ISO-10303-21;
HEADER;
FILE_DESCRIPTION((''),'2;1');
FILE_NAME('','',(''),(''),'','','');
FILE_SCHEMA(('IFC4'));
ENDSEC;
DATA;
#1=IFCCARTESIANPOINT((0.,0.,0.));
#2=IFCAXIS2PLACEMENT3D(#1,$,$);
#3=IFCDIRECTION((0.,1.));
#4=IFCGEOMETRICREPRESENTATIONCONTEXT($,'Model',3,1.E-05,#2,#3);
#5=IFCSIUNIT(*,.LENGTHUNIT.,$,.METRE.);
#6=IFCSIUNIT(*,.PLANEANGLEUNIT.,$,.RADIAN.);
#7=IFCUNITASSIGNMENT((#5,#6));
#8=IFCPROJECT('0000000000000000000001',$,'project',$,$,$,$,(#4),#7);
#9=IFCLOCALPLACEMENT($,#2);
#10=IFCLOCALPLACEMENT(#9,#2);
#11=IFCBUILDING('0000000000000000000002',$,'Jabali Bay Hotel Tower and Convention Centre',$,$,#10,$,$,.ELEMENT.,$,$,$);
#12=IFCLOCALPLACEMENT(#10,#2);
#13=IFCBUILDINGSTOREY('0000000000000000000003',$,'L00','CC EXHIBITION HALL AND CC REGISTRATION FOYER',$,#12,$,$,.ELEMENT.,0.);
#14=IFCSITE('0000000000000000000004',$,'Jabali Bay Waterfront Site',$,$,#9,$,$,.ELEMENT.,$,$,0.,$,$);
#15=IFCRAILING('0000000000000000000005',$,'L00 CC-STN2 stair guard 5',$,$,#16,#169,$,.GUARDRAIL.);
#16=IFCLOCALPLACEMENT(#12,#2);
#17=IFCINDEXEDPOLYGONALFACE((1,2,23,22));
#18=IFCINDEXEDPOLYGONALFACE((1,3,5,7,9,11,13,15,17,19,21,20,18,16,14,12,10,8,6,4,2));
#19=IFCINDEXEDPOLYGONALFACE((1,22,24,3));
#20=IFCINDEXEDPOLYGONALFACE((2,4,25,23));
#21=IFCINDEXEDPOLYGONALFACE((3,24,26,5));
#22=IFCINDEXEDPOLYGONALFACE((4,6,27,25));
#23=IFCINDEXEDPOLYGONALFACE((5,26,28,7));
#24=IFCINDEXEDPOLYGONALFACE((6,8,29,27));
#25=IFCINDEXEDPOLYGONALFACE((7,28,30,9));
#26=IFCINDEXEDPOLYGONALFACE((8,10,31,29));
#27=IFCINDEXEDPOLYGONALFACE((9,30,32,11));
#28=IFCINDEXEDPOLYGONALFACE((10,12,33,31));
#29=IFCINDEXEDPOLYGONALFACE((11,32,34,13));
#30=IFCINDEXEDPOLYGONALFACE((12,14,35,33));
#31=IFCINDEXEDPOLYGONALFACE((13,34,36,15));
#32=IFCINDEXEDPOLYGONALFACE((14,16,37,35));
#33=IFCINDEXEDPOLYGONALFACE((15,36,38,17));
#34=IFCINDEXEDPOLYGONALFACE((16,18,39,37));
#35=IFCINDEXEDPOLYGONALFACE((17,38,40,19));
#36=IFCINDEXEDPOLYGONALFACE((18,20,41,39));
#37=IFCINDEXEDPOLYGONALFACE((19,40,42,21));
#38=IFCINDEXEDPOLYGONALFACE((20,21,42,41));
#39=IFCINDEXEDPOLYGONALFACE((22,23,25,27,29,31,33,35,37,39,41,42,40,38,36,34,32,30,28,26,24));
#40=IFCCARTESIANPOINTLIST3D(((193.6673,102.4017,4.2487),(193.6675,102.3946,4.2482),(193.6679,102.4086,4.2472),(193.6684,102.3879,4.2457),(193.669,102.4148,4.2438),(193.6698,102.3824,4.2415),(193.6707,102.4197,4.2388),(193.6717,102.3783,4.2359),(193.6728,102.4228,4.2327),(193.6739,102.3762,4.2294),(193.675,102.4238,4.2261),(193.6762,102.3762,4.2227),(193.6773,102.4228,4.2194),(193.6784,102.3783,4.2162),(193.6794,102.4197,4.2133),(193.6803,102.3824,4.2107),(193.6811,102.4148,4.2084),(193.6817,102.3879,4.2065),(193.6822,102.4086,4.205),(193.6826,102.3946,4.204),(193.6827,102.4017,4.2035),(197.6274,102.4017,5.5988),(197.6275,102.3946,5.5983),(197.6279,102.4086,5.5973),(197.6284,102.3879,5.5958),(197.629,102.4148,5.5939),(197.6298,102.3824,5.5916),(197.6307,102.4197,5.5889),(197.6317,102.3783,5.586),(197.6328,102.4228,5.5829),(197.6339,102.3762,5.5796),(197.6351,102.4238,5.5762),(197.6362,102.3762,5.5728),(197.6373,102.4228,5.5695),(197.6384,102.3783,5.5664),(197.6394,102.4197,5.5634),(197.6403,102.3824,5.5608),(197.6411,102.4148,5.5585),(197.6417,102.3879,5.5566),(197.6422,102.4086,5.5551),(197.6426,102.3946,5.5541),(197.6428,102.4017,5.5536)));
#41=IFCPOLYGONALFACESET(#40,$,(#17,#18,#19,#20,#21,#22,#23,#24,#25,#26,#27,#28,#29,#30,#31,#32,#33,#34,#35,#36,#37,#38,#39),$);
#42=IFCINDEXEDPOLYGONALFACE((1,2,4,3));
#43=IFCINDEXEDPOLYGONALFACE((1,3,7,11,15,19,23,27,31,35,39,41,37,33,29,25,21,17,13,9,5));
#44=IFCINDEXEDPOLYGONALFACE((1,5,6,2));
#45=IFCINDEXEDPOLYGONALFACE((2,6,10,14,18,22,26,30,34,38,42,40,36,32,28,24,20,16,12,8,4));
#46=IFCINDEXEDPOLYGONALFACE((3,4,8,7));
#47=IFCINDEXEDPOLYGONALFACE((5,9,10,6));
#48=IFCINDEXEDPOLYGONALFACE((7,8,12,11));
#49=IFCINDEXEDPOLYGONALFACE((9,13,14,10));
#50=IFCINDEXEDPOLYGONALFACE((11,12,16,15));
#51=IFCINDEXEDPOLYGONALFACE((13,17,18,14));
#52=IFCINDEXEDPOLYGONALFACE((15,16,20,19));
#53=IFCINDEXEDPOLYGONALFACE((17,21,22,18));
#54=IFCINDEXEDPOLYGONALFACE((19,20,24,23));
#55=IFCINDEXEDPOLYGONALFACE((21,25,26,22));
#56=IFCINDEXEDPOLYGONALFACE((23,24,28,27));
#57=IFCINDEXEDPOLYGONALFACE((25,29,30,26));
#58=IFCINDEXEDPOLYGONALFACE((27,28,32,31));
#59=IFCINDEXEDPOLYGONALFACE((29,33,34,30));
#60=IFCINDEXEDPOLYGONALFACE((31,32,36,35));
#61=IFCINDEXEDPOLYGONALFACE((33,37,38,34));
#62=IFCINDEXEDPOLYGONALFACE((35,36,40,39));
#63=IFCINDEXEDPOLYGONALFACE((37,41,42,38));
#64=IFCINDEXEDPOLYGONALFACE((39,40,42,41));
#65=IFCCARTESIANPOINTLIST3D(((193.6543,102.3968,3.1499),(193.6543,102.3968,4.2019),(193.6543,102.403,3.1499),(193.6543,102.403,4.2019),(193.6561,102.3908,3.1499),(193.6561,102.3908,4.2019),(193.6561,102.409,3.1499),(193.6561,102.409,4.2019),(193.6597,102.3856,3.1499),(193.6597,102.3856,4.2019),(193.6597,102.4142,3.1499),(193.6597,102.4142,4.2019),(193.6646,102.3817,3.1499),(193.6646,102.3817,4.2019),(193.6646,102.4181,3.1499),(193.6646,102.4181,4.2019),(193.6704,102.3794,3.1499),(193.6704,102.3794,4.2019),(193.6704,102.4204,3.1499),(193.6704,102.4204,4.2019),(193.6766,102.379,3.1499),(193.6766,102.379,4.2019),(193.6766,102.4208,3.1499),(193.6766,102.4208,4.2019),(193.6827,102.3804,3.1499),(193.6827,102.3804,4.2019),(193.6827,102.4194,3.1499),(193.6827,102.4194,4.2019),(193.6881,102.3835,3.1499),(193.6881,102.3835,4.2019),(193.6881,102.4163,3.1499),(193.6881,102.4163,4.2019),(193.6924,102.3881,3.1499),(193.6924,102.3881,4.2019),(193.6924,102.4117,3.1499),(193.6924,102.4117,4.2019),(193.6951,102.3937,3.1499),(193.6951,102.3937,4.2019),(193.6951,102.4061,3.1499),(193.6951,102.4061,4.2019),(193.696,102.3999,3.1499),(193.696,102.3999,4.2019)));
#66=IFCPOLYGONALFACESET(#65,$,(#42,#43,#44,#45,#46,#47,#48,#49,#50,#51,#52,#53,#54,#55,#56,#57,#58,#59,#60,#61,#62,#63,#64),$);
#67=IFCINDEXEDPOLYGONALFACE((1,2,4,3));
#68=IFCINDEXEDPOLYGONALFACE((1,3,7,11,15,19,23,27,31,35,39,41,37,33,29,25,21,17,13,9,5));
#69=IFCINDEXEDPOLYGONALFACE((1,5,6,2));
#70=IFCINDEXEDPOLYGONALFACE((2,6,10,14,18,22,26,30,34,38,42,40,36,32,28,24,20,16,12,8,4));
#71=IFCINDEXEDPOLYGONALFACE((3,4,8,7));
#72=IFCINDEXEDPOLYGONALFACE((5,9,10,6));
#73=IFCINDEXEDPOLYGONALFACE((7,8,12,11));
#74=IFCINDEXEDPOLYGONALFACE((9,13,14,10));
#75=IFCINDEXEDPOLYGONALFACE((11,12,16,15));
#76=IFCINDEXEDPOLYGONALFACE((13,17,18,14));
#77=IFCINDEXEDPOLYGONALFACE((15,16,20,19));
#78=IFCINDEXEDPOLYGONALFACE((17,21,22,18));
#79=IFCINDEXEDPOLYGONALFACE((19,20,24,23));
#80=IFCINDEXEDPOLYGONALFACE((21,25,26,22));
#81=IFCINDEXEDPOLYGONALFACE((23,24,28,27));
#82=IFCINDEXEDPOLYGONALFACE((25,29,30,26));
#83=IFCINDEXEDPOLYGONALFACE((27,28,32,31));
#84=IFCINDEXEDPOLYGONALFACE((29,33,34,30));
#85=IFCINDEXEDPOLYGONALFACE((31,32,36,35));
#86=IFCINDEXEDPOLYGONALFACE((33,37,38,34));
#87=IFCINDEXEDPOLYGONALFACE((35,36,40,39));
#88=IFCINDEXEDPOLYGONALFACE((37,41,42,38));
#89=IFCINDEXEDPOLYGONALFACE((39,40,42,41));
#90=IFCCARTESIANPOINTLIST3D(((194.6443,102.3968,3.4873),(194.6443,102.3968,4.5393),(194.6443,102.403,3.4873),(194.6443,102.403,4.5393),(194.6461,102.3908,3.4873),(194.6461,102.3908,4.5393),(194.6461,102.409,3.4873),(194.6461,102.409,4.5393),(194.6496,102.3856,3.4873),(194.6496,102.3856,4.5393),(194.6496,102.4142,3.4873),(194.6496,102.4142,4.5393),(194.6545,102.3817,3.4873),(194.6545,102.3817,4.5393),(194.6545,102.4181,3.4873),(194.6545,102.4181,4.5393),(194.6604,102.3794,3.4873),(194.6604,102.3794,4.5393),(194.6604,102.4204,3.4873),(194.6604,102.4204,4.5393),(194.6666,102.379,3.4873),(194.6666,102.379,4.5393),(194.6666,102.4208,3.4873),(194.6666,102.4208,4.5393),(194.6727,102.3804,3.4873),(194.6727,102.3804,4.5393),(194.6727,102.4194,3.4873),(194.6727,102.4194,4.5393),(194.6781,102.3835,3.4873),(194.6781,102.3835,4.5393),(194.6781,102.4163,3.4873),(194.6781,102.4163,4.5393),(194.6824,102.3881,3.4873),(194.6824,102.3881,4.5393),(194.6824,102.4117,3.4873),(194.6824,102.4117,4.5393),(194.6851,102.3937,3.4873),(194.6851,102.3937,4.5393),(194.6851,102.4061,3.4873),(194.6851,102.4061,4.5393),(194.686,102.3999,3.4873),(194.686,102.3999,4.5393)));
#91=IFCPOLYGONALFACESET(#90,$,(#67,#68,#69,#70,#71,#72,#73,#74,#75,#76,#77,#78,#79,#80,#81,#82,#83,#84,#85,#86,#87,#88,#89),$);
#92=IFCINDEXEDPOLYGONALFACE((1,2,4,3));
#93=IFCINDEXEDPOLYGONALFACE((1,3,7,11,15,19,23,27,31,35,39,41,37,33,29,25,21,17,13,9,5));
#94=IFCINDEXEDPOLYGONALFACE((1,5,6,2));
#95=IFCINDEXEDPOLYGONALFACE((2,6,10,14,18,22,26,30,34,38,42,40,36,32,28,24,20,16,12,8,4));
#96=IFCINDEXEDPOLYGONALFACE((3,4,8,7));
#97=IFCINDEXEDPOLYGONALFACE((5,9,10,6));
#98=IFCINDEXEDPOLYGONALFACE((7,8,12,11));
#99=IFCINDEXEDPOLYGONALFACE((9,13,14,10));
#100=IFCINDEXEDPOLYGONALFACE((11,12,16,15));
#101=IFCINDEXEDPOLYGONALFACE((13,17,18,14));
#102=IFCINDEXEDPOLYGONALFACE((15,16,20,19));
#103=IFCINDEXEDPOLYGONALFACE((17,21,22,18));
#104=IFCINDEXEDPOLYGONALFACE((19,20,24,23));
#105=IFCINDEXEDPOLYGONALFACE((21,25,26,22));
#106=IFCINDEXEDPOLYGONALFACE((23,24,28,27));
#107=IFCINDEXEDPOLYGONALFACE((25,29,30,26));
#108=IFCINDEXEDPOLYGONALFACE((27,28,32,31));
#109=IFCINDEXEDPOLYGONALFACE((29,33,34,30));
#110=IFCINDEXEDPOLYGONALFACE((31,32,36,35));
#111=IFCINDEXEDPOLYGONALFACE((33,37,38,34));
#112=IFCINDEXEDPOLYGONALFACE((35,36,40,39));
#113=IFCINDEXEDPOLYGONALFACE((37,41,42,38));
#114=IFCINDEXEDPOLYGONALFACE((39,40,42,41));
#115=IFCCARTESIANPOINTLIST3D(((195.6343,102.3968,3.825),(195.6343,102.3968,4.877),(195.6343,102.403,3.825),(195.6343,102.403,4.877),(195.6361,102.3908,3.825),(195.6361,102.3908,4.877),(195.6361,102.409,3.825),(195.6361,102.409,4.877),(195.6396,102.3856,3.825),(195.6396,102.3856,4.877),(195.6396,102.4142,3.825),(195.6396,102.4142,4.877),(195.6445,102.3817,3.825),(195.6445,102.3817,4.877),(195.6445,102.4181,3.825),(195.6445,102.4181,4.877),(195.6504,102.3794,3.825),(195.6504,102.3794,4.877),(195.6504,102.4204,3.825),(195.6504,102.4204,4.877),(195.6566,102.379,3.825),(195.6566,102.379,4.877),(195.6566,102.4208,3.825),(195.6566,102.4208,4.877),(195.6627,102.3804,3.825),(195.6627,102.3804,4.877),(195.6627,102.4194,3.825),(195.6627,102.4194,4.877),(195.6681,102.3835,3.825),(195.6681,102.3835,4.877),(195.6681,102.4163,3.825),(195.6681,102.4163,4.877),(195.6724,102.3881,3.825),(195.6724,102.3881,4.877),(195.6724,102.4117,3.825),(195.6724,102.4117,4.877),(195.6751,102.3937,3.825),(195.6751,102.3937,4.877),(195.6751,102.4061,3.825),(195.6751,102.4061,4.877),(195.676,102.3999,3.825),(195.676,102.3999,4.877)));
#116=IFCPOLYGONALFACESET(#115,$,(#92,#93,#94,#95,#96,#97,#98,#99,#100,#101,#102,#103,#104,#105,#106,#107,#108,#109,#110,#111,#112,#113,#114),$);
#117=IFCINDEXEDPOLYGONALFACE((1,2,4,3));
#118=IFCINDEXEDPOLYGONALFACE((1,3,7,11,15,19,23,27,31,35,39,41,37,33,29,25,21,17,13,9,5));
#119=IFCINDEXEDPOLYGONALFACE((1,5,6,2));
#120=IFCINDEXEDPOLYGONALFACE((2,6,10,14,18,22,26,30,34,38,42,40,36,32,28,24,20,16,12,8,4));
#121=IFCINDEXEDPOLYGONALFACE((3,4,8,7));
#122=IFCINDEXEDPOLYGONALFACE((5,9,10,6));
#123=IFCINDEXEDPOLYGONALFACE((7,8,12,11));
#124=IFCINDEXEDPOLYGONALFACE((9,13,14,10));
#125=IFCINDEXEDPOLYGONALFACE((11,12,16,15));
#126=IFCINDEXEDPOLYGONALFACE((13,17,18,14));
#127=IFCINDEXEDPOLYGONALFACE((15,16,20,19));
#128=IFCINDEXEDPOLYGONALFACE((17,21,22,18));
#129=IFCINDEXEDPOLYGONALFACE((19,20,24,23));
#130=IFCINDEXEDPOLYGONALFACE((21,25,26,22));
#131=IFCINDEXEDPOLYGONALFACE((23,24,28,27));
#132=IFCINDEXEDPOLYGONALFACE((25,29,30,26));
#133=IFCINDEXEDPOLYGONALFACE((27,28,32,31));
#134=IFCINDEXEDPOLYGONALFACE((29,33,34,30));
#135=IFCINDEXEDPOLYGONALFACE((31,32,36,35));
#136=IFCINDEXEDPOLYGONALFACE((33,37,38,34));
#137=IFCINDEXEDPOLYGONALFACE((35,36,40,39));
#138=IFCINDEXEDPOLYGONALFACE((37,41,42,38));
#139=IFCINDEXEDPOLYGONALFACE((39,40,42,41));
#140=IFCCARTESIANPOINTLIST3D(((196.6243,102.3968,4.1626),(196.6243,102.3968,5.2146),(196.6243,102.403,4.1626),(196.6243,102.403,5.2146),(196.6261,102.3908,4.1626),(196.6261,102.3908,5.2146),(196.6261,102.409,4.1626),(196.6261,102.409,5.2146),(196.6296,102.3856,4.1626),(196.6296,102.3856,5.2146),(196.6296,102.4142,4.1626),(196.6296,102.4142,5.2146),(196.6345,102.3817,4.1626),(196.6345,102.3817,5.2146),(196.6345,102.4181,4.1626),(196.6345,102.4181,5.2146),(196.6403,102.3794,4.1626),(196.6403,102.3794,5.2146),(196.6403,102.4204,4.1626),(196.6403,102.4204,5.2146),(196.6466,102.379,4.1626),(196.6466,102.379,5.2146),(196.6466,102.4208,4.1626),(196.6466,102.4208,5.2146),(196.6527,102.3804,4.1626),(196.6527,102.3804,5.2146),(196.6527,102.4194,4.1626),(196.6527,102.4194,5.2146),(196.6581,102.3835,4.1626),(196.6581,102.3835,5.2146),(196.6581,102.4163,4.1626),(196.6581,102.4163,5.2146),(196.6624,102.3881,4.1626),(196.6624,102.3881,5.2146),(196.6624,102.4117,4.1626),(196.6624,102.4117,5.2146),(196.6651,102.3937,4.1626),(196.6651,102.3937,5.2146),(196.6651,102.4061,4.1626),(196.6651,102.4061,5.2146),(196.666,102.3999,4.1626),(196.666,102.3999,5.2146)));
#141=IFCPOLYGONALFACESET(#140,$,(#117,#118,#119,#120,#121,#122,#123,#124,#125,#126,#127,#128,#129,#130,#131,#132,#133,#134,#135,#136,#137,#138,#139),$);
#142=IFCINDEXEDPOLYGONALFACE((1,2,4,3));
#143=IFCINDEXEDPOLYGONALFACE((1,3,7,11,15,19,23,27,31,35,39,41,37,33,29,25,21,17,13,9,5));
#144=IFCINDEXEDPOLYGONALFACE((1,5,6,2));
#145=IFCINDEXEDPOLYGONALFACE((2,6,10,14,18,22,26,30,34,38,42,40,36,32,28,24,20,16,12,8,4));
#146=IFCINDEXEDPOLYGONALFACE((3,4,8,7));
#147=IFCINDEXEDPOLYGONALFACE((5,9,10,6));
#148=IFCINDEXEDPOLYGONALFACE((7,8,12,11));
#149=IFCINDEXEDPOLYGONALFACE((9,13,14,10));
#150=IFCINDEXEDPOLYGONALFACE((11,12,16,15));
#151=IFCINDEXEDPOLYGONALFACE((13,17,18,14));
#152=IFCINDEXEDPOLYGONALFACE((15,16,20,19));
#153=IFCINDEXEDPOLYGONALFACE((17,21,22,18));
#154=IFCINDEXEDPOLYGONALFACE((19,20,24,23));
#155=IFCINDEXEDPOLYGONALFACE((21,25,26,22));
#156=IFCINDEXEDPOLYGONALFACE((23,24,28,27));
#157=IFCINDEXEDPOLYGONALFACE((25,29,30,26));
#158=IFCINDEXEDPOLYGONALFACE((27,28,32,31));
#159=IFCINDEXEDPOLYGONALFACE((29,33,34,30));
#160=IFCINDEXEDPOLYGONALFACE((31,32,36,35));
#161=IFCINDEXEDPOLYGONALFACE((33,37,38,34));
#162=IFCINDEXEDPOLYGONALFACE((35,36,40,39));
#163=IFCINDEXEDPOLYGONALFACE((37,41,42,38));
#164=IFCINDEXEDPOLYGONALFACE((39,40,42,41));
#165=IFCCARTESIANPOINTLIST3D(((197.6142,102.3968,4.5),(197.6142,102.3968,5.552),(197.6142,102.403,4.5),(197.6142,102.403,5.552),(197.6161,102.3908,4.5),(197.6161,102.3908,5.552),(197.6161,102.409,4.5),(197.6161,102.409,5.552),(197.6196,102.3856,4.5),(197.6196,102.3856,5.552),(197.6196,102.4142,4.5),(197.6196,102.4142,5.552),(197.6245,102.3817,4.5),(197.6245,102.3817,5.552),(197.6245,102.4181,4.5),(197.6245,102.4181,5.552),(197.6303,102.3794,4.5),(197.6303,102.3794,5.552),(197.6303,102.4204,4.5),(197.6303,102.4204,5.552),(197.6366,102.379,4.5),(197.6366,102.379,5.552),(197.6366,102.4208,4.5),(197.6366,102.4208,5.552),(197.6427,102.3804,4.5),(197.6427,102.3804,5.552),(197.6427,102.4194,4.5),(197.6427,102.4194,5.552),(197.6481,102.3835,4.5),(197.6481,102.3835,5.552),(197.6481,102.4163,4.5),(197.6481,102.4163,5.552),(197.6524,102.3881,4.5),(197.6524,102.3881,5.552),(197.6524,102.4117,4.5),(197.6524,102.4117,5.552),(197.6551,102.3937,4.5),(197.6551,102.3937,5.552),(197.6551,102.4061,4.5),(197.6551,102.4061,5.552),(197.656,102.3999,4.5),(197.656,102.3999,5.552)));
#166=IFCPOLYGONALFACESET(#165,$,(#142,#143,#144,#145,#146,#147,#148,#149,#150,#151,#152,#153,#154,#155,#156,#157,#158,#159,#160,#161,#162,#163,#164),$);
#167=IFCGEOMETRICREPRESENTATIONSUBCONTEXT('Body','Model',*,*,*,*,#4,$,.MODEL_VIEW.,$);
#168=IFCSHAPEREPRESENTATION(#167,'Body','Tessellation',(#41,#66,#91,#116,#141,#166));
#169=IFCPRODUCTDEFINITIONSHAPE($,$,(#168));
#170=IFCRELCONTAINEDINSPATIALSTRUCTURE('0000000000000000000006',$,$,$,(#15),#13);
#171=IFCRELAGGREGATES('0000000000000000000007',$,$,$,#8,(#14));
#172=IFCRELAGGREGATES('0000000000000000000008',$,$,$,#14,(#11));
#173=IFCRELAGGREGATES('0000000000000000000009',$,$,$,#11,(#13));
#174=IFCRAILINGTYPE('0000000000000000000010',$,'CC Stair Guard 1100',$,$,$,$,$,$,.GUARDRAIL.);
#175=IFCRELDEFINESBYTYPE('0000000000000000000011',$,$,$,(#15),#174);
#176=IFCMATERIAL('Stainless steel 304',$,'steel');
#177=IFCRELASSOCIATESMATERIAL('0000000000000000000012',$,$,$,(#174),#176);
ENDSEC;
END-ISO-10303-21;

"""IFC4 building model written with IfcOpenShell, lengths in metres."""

from ifc_helpers import new_model, si_unit, direction, frame, origin, origin_2d, place, context, subcontext, project, spatial, circle, extrude, material, type_object, element, save


model = new_model("IFC4")

# Units and contexts
model_context = context("Model", 3, precision=1e-05, world=origin(), true_north=direction((0.0, 1.0)))
body_context = subcontext(model_context, "Body", "Model", "MODEL_VIEW")
ifc_project = project(units=[si_unit("LENGTHUNIT", "METRE"), si_unit("PLANEANGLEUNIT", "RADIAN")], contexts=[model_context])

# Site, building, storey
site_placement = place(None, origin())
site = spatial("IfcSite", under=ifc_project, at=site_placement, Name="Jabali Bay Waterfront Site", CompositionType="ELEMENT", RefElevation=0.0)
building_placement = place(site_placement, origin())
building = spatial("IfcBuilding", under=site, at=building_placement, Name="Jabali Bay Hotel Tower and Convention Centre", CompositionType="ELEMENT")
storey_placement = place(building_placement, origin())
storey = spatial("IfcBuildingStorey", under=building, at=storey_placement, Name="L00", Description="CC EXHIBITION HALL AND CC REGISTRATION FOYER", CompositionType="ELEMENT", Elevation=0.0)

# Railing
ifc_material_1 = material(Name="Stainless steel 304", Category="steel")
railing_type_1 = type_object("IfcRailingType", Name="CC Stair Guard 1100", PredefinedType="GUARDRAIL", material=ifc_material_1)
railing_1_placement = place(storey_placement, frame((193.675, 102.3999, 3.1499)))
element("IfcRailing", 1, at=railing_1_placement, inside=storey, type_object=railing_type_1, Name="L00 CC-STN2 stair guard 5", PredefinedType="GUARDRAIL", context=body_context, shape_type="SweptSolid", body=[
    extrude(circle(Radius=0.0239, at=origin_2d()), frame((0.0, 0.0, 1.0762), z_axis=(0.946502, 0.0, 0.322698), x_axis=(0.0, 1.0, 0.0)), (0.0, 0.0, 1.0), 4.1838),
    extrude(circle(Radius=0.021, at=origin_2d()), origin(), (0.0, 0.0, 1.0), 1.052),
    extrude(circle(Radius=0.021, at=origin_2d()), frame((0.99, 0.0, 0.3374)), (0.0, 0.0, 1.0), 1.052),
    extrude(circle(Radius=0.021, at=origin_2d()), frame((1.98, 0.0, 0.675)), (0.0, 0.0, 1.0), 1.052),
    extrude(circle(Radius=0.021, at=origin_2d()), frame((2.97, 0.0, 1.0127)), (0.0, 0.0, 1.0), 1.052),
    extrude(circle(Radius=0.021, at=origin_2d()), frame((3.96, 0.0, 1.3501)), (0.0, 0.0, 1.0), 1.052),
])

save(model, "model.ifc")
